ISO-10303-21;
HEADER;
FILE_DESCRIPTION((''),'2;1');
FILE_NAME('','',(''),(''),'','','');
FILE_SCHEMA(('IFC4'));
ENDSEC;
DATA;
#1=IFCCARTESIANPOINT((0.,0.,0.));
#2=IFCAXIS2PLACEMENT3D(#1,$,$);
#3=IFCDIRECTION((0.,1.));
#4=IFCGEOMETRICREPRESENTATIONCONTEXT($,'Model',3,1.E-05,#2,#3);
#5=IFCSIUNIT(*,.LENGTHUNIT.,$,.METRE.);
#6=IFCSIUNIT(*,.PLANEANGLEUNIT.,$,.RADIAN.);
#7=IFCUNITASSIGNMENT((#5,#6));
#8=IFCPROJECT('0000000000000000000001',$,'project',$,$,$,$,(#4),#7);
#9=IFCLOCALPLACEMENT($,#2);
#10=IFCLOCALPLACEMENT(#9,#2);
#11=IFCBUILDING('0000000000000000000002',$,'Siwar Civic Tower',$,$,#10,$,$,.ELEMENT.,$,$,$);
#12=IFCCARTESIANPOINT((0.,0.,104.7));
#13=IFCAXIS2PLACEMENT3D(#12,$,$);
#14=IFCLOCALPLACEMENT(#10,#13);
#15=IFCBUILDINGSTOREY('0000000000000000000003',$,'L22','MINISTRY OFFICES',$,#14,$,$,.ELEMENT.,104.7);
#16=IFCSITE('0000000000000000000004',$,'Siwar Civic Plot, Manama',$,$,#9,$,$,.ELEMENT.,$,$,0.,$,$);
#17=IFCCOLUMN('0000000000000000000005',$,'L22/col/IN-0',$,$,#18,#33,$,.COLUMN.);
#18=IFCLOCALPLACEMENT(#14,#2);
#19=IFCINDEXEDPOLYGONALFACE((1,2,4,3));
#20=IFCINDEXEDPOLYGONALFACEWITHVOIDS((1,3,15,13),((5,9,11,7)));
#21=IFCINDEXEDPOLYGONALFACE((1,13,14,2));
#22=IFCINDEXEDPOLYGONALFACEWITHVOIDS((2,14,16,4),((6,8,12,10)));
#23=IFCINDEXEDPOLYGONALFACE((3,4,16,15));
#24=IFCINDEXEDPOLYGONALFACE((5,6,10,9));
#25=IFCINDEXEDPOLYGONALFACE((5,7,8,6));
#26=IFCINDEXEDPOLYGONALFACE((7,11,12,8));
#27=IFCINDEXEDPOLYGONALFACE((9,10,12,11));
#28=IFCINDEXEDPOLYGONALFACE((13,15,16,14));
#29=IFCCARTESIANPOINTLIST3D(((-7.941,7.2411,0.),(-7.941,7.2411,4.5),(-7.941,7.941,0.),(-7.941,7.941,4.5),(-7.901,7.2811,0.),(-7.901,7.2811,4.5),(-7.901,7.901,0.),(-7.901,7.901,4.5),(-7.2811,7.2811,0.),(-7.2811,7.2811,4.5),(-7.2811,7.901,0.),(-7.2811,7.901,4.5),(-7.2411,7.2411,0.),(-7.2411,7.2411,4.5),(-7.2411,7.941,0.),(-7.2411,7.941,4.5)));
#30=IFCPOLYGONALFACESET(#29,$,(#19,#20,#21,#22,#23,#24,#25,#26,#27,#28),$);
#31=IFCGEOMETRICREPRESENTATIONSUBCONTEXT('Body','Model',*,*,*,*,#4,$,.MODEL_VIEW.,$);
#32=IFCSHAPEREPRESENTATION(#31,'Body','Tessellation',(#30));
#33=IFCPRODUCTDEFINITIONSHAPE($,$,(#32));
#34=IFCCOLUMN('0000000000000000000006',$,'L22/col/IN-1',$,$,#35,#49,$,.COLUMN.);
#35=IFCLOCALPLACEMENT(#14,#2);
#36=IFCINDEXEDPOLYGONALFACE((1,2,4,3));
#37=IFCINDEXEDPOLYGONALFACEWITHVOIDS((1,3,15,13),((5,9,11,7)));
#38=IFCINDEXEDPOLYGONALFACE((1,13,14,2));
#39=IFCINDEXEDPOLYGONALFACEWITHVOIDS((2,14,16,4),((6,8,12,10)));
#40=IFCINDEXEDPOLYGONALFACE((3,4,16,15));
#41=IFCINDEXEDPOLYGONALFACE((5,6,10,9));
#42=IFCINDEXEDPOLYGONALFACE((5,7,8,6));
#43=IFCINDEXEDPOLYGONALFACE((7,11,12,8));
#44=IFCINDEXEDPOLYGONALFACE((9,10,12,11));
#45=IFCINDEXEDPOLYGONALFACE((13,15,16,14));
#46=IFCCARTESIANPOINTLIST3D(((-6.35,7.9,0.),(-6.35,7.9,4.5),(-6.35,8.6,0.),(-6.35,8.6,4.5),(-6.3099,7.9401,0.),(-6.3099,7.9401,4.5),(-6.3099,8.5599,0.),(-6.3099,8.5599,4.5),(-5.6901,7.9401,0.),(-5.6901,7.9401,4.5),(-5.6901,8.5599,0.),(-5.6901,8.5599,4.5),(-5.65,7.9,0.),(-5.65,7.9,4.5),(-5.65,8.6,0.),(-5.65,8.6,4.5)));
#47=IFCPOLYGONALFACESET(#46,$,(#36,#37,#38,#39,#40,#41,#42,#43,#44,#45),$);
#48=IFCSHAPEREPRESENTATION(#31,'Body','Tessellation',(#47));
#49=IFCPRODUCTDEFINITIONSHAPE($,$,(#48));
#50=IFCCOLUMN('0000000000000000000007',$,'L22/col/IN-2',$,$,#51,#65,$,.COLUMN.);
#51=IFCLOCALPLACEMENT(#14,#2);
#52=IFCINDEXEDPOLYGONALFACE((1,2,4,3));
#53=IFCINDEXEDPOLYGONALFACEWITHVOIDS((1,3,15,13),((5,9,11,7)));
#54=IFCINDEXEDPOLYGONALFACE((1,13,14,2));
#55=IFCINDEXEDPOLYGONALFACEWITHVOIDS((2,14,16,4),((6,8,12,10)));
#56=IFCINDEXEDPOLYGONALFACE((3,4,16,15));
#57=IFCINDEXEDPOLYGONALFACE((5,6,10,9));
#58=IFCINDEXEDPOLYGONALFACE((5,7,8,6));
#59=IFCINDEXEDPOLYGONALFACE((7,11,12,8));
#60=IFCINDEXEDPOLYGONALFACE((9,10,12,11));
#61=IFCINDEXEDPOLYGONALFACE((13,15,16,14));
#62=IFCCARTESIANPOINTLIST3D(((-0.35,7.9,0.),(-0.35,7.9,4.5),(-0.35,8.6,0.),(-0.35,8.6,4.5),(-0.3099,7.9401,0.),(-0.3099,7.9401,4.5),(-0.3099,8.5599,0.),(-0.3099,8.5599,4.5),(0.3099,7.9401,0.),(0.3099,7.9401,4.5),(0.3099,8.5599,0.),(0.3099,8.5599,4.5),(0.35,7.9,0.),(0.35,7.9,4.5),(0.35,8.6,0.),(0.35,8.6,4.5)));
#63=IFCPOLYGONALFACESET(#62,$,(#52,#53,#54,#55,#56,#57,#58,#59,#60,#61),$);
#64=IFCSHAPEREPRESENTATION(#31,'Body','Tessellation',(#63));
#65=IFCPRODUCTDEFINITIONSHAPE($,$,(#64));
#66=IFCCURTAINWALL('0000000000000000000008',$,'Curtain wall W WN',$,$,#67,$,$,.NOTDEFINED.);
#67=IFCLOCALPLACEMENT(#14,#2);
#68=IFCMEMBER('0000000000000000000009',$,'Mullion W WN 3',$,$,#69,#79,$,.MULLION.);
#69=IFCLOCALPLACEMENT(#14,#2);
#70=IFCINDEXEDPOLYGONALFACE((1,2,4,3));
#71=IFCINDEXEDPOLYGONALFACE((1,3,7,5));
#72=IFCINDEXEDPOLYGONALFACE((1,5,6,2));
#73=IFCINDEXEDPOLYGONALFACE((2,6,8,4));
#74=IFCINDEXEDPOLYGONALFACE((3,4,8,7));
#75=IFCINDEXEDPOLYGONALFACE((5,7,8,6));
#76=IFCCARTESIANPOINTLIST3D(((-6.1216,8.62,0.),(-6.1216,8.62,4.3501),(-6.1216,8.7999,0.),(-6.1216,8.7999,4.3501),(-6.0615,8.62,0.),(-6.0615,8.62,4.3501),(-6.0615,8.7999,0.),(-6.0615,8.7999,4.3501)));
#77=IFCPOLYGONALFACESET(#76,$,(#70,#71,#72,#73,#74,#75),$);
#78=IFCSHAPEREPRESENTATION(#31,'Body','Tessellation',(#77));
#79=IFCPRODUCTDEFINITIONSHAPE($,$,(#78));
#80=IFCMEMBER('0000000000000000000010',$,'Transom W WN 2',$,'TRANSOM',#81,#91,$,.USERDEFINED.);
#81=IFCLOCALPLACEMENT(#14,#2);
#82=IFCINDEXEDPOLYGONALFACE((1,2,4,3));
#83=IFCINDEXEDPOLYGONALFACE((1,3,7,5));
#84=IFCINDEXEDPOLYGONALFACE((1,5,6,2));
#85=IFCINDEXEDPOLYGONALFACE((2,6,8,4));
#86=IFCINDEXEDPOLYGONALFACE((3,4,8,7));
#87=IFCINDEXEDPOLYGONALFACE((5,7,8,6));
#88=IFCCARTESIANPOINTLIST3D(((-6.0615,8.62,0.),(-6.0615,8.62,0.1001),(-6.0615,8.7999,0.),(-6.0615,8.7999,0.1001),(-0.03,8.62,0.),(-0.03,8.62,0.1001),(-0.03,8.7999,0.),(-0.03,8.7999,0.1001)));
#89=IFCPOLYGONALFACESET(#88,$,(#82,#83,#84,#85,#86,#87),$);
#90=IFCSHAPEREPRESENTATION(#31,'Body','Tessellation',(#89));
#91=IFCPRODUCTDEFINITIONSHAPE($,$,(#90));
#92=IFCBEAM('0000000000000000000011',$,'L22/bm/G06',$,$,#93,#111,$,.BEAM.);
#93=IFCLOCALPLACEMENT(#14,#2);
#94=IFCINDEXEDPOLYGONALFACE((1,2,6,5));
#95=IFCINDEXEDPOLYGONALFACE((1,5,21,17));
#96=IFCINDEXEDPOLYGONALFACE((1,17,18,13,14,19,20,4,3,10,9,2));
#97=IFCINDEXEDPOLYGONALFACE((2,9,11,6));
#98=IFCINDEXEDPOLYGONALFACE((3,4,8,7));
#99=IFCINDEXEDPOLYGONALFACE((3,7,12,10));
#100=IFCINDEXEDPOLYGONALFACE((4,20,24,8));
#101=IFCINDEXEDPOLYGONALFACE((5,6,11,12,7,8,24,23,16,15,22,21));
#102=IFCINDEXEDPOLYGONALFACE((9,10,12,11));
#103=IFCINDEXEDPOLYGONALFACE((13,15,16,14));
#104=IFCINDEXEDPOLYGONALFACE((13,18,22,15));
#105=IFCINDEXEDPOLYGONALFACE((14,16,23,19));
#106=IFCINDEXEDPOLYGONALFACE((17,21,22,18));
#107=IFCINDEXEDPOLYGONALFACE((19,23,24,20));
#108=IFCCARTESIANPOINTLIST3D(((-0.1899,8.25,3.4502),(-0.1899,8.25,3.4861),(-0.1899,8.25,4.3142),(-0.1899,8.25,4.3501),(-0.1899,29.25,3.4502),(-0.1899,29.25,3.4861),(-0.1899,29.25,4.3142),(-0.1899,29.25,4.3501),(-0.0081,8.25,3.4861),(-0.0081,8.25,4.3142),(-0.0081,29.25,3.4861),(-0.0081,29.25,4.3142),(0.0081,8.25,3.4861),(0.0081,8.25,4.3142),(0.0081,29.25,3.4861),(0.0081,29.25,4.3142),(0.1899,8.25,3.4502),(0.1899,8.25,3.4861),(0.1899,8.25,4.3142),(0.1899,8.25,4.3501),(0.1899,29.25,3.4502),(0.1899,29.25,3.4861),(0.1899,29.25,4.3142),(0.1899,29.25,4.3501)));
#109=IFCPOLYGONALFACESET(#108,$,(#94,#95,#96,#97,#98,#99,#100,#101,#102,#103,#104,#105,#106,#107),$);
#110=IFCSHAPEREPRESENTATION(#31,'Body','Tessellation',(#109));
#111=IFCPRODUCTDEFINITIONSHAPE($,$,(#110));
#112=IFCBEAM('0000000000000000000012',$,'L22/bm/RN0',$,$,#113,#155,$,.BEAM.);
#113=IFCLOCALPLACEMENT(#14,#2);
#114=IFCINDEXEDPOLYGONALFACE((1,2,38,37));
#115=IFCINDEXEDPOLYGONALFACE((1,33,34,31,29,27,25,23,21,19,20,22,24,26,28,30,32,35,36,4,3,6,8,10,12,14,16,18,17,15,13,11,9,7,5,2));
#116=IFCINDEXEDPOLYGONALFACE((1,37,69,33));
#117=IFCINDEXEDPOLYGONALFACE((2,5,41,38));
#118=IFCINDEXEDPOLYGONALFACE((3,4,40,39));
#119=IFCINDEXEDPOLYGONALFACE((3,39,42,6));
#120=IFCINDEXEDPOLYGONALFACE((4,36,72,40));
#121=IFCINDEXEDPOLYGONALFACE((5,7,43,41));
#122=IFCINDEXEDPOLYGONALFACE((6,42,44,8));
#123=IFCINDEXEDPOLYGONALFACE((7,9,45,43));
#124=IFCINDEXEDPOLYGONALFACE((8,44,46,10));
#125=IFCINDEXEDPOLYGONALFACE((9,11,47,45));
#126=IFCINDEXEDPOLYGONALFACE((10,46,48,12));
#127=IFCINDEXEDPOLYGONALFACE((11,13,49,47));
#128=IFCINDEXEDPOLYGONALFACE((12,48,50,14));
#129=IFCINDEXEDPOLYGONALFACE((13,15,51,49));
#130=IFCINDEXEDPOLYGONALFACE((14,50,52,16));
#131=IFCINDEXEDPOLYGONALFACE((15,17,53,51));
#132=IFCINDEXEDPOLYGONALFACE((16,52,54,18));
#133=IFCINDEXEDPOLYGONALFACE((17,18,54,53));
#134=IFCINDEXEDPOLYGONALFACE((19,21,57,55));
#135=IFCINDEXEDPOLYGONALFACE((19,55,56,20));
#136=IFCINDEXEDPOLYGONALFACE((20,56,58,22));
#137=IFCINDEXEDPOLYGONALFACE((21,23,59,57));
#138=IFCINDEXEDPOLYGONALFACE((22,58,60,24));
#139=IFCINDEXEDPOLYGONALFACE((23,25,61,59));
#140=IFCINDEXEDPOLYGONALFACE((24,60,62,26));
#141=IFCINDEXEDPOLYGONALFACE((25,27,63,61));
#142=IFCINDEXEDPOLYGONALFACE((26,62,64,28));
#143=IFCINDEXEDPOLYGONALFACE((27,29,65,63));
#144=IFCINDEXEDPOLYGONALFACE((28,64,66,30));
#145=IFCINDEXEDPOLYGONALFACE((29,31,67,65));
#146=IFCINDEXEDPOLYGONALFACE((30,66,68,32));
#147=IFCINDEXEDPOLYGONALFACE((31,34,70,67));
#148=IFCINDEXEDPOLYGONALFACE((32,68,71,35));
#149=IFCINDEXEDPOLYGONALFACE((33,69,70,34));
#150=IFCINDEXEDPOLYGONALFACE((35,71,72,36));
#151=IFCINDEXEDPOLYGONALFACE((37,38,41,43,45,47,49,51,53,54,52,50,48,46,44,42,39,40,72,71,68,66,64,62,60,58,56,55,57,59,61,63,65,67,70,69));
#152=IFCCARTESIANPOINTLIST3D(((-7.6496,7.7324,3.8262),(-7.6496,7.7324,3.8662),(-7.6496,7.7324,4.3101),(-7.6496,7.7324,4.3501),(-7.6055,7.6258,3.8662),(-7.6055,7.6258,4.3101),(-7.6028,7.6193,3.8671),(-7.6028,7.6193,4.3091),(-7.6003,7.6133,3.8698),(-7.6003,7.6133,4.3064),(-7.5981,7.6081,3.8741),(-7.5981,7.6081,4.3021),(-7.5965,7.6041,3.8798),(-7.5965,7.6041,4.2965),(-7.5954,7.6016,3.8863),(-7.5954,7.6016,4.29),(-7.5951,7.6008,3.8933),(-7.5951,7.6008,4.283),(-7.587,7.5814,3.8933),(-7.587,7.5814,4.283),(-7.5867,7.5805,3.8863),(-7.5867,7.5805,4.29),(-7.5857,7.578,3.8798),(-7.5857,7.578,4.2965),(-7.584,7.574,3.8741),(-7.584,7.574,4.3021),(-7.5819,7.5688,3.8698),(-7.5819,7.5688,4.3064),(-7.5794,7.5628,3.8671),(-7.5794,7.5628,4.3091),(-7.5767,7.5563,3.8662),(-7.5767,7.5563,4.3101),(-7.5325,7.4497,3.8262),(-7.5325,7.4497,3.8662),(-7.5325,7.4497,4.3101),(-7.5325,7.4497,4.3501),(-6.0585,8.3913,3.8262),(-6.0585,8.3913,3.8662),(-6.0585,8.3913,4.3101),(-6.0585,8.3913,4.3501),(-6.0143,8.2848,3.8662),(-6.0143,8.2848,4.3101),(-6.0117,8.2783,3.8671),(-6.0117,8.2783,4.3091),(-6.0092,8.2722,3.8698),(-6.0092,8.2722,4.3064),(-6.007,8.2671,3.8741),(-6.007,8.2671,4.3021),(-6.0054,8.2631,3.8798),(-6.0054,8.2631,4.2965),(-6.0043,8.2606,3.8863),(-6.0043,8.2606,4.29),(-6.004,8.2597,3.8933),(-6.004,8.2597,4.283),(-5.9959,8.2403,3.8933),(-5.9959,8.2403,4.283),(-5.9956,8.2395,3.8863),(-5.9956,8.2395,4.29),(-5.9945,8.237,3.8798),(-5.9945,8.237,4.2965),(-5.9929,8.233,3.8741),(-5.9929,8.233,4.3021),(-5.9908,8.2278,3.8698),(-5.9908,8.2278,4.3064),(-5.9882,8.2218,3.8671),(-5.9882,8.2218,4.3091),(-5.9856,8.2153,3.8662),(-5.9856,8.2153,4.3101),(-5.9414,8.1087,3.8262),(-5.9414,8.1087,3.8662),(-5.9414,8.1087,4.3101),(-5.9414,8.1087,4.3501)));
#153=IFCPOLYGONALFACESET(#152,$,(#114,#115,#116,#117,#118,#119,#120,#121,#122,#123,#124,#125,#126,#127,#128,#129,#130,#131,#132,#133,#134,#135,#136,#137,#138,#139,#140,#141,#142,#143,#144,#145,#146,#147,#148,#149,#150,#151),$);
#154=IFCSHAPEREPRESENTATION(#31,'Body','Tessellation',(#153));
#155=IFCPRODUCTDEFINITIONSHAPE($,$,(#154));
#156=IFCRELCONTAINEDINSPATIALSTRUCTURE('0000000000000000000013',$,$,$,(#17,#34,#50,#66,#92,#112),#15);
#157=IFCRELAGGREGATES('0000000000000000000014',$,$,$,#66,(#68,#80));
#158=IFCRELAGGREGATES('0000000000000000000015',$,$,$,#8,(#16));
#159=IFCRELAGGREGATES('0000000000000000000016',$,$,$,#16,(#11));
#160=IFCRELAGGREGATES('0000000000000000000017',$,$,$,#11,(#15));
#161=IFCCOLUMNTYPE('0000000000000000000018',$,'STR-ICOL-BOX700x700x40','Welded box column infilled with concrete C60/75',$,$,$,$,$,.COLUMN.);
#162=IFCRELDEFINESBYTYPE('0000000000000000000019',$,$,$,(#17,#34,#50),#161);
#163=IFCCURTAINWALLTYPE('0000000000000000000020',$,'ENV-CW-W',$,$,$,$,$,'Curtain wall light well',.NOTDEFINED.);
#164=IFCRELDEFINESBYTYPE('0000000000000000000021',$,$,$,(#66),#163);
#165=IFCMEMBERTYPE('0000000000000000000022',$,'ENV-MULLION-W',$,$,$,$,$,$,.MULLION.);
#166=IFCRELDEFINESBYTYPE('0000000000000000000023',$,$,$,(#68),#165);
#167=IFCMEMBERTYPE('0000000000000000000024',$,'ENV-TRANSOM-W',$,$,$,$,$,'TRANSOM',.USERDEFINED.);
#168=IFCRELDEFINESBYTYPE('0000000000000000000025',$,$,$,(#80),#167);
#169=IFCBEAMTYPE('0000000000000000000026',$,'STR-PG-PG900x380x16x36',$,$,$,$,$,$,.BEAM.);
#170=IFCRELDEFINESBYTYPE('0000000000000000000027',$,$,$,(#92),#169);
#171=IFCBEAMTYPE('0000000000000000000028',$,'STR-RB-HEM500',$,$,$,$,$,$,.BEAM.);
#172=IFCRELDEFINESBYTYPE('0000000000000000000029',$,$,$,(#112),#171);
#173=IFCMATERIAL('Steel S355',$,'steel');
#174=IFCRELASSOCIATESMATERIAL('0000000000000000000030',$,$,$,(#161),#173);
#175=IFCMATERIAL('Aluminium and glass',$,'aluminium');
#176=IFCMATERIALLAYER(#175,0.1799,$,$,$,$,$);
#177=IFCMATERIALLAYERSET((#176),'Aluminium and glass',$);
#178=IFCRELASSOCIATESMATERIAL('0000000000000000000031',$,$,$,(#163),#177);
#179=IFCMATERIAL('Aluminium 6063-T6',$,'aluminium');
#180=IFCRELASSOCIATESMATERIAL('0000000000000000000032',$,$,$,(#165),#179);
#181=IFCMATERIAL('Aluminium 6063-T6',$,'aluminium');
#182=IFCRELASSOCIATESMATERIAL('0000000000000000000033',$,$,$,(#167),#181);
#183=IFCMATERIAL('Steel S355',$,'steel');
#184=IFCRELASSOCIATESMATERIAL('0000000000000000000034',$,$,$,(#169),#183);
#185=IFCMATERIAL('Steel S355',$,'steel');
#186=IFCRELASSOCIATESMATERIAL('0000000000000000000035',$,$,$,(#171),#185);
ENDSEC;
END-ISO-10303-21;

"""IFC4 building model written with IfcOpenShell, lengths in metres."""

from ifc_helpers import new_model, si_unit, direction, frame, origin, origin_2d, place, context, subcontext, project, spatial, rectangle, hollow_rectangle, i_section, extrude, material, layer, layer_set, material_profile, profile_set, type_object, element, aggregate, save


model = new_model("IFC4")

# Units and contexts
model_context = context("Model", 3, precision=1e-05, world=origin(), true_north=direction((0.0, 1.0)))
body_context = subcontext(model_context, "Body", "Model", "MODEL_VIEW")
ifc_project = project(units=[si_unit("LENGTHUNIT", "METRE"), si_unit("PLANEANGLEUNIT", "RADIAN")], contexts=[model_context])

# Site, building, storey
site_placement = place(None, origin())
site = spatial("IfcSite", under=ifc_project, at=site_placement, Name="Siwar Civic Plot, Manama", CompositionType="ELEMENT", RefElevation=0.0)
building_placement = place(site_placement, origin())
building = spatial("IfcBuilding", under=site, at=building_placement, Name="Siwar Civic Tower", CompositionType="ELEMENT")
storey_placement = place(building_placement, frame((0.0, 0.0, 104.7)))
storey = spatial("IfcBuildingStorey", under=building, at=storey_placement, Name="L22", Description="MINISTRY OFFICES", CompositionType="ELEMENT", Elevation=104.7)

# Columns
ifc_material_1 = material(Name="Steel S355", Category="steel")
ifc_material_profile_1 = material_profile(ifc_material_1, hollow_rectangle(XDim=0.7, YDim=0.7, WallThickness=0.04, at=origin_2d()), Name="BOX700x700x40")
ifc_profile_set_1 = profile_set([ifc_material_profile_1], Name="Steel S355")
column_type = type_object("IfcColumnType", Name="STR-ICOL-BOX700x700x40", Description="Welded box column infilled with concrete C60/75", PredefinedType="COLUMN", material=ifc_profile_set_1)
for number, where, z_axis, x_axis, name in (
    (1, (-7.5911, 7.5911, 0.0), (0.0, 0.0, 1.0), (1.0, 0.0, 0.0), "L22/col/IN-0"),
    (2, (-6.0, 8.25, 0.0), (0.0, 0.0, 1.0), (1.0, 0.0, 0.0), "L22/col/IN-1"),
    (3, (0.0, 8.25, 0.0), (0.0, 0.0, 1.0), (1.0, 0.0, 0.0), "L22/col/IN-2"),
):
    element("IfcColumn", number, at=place(storey_placement, frame(where, z_axis=z_axis, x_axis=x_axis)), inside=storey, type_object=column_type, Name=name, PredefinedType="COLUMN", context=body_context, shape_type="SweptSolid", body=[
        extrude(hollow_rectangle(XDim=0.7, YDim=0.7, WallThickness=0.04, at=origin_2d()), origin(), (0.0, 0.0, 1.0), 4.5),
    ])

# Curtain wall, members
ifc_material_2 = material(Name="Aluminium and glass", Category="aluminium")
ifc_layer_1 = layer(ifc_material_2, 0.1799)
ifc_layer_set_1 = layer_set([ifc_layer_1], Name="Aluminium and glass")
curtain_wall_type = type_object("IfcCurtainWallType", Name="ENV-CW-W", ElementType="Curtain wall light well", PredefinedType="NOTDEFINED", material=ifc_layer_set_1)
curtain_wall_placement = place(storey_placement, origin())
curtain_wall = element("IfcCurtainWall", 4, at=curtain_wall_placement, inside=storey, type_object=curtain_wall_type, Name="Curtain wall W WN", PredefinedType="NOTDEFINED")
ifc_material_3 = material(Name="Aluminium 6063-T6", Category="aluminium")
ifc_material_profile_2 = material_profile(ifc_material_3, rectangle(XDim=0.1799, YDim=0.0601, at=origin_2d()), Name="AL 180x60")
ifc_profile_set_2 = profile_set([ifc_material_profile_2], Name="Aluminium 6063-T6")
member_type_1 = type_object("IfcMemberType", Name="ENV-MULLION-W", PredefinedType="MULLION", material=ifc_profile_set_2)
member_1_placement = place(storey_placement, frame((-6.0916, 8.71, 0.0), z_axis=(0.0, 0.0, 1.0), x_axis=(0.0, -1.0, 0.0)))
member_1 = element("IfcMember", 5, at=member_1_placement, type_object=member_type_1, Name="Mullion W WN 3", PredefinedType="MULLION", context=body_context, shape_type="SweptSolid", body=[
    extrude(rectangle(XDim=0.1799, YDim=0.0601, at=origin_2d()), origin(), (0.0, 0.0, 1.0), 4.3501),
])
ifc_material_4 = material(Name="Aluminium 6063-T6", Category="aluminium")
ifc_material_profile_3 = material_profile(ifc_material_4, rectangle(XDim=0.1799, YDim=0.1001, at=origin_2d()), Name="AL 180x100")
ifc_profile_set_3 = profile_set([ifc_material_profile_3], Name="Aluminium 6063-T6")
member_type_2 = type_object("IfcMemberType", Name="ENV-TRANSOM-W", ElementType="TRANSOM", PredefinedType="USERDEFINED", material=ifc_profile_set_3)
member_2_placement = place(storey_placement, frame((-0.03, 8.71, 0.05), z_axis=(-1.0, 0.0, 0.0), x_axis=(0.0, -1.0, 0.0)))
member_2 = element("IfcMember", 6, at=member_2_placement, type_object=member_type_2, Name="Transom W WN 2", ObjectType="TRANSOM", PredefinedType="USERDEFINED", context=body_context, shape_type="SweptSolid", body=[
    extrude(rectangle(XDim=0.1799, YDim=0.1001, at=origin_2d()), origin(), (0.0, 0.0, 1.0), 6.0315),
])

# Beams
ifc_material_5 = material(Name="Steel S355", Category="steel")
ifc_material_profile_4 = material_profile(ifc_material_5, i_section(OverallWidth=0.3799, OverallDepth=0.8999, WebThickness=0.0161, FlangeThickness=0.0359, at=origin_2d()), Name="PG900x380x16x36")
ifc_profile_set_4 = profile_set([ifc_material_profile_4], Name="Steel S355")
beam_type_1 = type_object("IfcBeamType", Name="STR-PG-PG900x380x16x36", PredefinedType="BEAM", material=ifc_profile_set_4)
beam_1_placement = place(storey_placement, frame((0.0, 8.25, 3.9001), z_axis=(0.0, 1.0, 0.0), x_axis=(-1.0, 0.0, 0.0)))
element("IfcBeam", 7, at=beam_1_placement, inside=storey, type_object=beam_type_1, Name="L22/bm/G06", PredefinedType="BEAM", context=body_context, shape_type="SweptSolid", body=[
    extrude(i_section(OverallWidth=0.3799, OverallDepth=0.8999, WebThickness=0.0161, FlangeThickness=0.0359, at=origin_2d()), origin(), (0.0, 0.0, 1.0), 21.0),
])
ifc_material_6 = material(Name="Steel S355", Category="steel")
ifc_material_profile_5 = material_profile(ifc_material_6, i_section(OverallWidth=0.3059, OverallDepth=0.5239, WebThickness=0.021, FlangeThickness=0.04, FilletRadius=0.0271, at=origin_2d()), Name="HEM500")
ifc_profile_set_5 = profile_set([ifc_material_profile_5], Name="Steel S355")
beam_type_2 = type_object("IfcBeamType", Name="STR-RB-HEM500", PredefinedType="BEAM", material=ifc_profile_set_5)
beam_2_placement = place(storey_placement, frame((-7.5911, 7.5911, 4.0881), z_axis=(0.923901, 0.382631, 0.0), x_axis=(-0.382631, 0.923901, 0.0)))
element("IfcBeam", 8, at=beam_2_placement, inside=storey, type_object=beam_type_2, Name="L22/bm/RN0", PredefinedType="BEAM", context=body_context, shape_type="SweptSolid", body=[
    extrude(i_section(OverallWidth=0.3059, OverallDepth=0.5239, WebThickness=0.021, FlangeThickness=0.04, FilletRadius=0.0271, at=origin_2d()), origin(), (0.0, 0.0, 1.0), 1.7222),
])

aggregate(curtain_wall, [member_1, member_2])

save(model, "model.ifc")
